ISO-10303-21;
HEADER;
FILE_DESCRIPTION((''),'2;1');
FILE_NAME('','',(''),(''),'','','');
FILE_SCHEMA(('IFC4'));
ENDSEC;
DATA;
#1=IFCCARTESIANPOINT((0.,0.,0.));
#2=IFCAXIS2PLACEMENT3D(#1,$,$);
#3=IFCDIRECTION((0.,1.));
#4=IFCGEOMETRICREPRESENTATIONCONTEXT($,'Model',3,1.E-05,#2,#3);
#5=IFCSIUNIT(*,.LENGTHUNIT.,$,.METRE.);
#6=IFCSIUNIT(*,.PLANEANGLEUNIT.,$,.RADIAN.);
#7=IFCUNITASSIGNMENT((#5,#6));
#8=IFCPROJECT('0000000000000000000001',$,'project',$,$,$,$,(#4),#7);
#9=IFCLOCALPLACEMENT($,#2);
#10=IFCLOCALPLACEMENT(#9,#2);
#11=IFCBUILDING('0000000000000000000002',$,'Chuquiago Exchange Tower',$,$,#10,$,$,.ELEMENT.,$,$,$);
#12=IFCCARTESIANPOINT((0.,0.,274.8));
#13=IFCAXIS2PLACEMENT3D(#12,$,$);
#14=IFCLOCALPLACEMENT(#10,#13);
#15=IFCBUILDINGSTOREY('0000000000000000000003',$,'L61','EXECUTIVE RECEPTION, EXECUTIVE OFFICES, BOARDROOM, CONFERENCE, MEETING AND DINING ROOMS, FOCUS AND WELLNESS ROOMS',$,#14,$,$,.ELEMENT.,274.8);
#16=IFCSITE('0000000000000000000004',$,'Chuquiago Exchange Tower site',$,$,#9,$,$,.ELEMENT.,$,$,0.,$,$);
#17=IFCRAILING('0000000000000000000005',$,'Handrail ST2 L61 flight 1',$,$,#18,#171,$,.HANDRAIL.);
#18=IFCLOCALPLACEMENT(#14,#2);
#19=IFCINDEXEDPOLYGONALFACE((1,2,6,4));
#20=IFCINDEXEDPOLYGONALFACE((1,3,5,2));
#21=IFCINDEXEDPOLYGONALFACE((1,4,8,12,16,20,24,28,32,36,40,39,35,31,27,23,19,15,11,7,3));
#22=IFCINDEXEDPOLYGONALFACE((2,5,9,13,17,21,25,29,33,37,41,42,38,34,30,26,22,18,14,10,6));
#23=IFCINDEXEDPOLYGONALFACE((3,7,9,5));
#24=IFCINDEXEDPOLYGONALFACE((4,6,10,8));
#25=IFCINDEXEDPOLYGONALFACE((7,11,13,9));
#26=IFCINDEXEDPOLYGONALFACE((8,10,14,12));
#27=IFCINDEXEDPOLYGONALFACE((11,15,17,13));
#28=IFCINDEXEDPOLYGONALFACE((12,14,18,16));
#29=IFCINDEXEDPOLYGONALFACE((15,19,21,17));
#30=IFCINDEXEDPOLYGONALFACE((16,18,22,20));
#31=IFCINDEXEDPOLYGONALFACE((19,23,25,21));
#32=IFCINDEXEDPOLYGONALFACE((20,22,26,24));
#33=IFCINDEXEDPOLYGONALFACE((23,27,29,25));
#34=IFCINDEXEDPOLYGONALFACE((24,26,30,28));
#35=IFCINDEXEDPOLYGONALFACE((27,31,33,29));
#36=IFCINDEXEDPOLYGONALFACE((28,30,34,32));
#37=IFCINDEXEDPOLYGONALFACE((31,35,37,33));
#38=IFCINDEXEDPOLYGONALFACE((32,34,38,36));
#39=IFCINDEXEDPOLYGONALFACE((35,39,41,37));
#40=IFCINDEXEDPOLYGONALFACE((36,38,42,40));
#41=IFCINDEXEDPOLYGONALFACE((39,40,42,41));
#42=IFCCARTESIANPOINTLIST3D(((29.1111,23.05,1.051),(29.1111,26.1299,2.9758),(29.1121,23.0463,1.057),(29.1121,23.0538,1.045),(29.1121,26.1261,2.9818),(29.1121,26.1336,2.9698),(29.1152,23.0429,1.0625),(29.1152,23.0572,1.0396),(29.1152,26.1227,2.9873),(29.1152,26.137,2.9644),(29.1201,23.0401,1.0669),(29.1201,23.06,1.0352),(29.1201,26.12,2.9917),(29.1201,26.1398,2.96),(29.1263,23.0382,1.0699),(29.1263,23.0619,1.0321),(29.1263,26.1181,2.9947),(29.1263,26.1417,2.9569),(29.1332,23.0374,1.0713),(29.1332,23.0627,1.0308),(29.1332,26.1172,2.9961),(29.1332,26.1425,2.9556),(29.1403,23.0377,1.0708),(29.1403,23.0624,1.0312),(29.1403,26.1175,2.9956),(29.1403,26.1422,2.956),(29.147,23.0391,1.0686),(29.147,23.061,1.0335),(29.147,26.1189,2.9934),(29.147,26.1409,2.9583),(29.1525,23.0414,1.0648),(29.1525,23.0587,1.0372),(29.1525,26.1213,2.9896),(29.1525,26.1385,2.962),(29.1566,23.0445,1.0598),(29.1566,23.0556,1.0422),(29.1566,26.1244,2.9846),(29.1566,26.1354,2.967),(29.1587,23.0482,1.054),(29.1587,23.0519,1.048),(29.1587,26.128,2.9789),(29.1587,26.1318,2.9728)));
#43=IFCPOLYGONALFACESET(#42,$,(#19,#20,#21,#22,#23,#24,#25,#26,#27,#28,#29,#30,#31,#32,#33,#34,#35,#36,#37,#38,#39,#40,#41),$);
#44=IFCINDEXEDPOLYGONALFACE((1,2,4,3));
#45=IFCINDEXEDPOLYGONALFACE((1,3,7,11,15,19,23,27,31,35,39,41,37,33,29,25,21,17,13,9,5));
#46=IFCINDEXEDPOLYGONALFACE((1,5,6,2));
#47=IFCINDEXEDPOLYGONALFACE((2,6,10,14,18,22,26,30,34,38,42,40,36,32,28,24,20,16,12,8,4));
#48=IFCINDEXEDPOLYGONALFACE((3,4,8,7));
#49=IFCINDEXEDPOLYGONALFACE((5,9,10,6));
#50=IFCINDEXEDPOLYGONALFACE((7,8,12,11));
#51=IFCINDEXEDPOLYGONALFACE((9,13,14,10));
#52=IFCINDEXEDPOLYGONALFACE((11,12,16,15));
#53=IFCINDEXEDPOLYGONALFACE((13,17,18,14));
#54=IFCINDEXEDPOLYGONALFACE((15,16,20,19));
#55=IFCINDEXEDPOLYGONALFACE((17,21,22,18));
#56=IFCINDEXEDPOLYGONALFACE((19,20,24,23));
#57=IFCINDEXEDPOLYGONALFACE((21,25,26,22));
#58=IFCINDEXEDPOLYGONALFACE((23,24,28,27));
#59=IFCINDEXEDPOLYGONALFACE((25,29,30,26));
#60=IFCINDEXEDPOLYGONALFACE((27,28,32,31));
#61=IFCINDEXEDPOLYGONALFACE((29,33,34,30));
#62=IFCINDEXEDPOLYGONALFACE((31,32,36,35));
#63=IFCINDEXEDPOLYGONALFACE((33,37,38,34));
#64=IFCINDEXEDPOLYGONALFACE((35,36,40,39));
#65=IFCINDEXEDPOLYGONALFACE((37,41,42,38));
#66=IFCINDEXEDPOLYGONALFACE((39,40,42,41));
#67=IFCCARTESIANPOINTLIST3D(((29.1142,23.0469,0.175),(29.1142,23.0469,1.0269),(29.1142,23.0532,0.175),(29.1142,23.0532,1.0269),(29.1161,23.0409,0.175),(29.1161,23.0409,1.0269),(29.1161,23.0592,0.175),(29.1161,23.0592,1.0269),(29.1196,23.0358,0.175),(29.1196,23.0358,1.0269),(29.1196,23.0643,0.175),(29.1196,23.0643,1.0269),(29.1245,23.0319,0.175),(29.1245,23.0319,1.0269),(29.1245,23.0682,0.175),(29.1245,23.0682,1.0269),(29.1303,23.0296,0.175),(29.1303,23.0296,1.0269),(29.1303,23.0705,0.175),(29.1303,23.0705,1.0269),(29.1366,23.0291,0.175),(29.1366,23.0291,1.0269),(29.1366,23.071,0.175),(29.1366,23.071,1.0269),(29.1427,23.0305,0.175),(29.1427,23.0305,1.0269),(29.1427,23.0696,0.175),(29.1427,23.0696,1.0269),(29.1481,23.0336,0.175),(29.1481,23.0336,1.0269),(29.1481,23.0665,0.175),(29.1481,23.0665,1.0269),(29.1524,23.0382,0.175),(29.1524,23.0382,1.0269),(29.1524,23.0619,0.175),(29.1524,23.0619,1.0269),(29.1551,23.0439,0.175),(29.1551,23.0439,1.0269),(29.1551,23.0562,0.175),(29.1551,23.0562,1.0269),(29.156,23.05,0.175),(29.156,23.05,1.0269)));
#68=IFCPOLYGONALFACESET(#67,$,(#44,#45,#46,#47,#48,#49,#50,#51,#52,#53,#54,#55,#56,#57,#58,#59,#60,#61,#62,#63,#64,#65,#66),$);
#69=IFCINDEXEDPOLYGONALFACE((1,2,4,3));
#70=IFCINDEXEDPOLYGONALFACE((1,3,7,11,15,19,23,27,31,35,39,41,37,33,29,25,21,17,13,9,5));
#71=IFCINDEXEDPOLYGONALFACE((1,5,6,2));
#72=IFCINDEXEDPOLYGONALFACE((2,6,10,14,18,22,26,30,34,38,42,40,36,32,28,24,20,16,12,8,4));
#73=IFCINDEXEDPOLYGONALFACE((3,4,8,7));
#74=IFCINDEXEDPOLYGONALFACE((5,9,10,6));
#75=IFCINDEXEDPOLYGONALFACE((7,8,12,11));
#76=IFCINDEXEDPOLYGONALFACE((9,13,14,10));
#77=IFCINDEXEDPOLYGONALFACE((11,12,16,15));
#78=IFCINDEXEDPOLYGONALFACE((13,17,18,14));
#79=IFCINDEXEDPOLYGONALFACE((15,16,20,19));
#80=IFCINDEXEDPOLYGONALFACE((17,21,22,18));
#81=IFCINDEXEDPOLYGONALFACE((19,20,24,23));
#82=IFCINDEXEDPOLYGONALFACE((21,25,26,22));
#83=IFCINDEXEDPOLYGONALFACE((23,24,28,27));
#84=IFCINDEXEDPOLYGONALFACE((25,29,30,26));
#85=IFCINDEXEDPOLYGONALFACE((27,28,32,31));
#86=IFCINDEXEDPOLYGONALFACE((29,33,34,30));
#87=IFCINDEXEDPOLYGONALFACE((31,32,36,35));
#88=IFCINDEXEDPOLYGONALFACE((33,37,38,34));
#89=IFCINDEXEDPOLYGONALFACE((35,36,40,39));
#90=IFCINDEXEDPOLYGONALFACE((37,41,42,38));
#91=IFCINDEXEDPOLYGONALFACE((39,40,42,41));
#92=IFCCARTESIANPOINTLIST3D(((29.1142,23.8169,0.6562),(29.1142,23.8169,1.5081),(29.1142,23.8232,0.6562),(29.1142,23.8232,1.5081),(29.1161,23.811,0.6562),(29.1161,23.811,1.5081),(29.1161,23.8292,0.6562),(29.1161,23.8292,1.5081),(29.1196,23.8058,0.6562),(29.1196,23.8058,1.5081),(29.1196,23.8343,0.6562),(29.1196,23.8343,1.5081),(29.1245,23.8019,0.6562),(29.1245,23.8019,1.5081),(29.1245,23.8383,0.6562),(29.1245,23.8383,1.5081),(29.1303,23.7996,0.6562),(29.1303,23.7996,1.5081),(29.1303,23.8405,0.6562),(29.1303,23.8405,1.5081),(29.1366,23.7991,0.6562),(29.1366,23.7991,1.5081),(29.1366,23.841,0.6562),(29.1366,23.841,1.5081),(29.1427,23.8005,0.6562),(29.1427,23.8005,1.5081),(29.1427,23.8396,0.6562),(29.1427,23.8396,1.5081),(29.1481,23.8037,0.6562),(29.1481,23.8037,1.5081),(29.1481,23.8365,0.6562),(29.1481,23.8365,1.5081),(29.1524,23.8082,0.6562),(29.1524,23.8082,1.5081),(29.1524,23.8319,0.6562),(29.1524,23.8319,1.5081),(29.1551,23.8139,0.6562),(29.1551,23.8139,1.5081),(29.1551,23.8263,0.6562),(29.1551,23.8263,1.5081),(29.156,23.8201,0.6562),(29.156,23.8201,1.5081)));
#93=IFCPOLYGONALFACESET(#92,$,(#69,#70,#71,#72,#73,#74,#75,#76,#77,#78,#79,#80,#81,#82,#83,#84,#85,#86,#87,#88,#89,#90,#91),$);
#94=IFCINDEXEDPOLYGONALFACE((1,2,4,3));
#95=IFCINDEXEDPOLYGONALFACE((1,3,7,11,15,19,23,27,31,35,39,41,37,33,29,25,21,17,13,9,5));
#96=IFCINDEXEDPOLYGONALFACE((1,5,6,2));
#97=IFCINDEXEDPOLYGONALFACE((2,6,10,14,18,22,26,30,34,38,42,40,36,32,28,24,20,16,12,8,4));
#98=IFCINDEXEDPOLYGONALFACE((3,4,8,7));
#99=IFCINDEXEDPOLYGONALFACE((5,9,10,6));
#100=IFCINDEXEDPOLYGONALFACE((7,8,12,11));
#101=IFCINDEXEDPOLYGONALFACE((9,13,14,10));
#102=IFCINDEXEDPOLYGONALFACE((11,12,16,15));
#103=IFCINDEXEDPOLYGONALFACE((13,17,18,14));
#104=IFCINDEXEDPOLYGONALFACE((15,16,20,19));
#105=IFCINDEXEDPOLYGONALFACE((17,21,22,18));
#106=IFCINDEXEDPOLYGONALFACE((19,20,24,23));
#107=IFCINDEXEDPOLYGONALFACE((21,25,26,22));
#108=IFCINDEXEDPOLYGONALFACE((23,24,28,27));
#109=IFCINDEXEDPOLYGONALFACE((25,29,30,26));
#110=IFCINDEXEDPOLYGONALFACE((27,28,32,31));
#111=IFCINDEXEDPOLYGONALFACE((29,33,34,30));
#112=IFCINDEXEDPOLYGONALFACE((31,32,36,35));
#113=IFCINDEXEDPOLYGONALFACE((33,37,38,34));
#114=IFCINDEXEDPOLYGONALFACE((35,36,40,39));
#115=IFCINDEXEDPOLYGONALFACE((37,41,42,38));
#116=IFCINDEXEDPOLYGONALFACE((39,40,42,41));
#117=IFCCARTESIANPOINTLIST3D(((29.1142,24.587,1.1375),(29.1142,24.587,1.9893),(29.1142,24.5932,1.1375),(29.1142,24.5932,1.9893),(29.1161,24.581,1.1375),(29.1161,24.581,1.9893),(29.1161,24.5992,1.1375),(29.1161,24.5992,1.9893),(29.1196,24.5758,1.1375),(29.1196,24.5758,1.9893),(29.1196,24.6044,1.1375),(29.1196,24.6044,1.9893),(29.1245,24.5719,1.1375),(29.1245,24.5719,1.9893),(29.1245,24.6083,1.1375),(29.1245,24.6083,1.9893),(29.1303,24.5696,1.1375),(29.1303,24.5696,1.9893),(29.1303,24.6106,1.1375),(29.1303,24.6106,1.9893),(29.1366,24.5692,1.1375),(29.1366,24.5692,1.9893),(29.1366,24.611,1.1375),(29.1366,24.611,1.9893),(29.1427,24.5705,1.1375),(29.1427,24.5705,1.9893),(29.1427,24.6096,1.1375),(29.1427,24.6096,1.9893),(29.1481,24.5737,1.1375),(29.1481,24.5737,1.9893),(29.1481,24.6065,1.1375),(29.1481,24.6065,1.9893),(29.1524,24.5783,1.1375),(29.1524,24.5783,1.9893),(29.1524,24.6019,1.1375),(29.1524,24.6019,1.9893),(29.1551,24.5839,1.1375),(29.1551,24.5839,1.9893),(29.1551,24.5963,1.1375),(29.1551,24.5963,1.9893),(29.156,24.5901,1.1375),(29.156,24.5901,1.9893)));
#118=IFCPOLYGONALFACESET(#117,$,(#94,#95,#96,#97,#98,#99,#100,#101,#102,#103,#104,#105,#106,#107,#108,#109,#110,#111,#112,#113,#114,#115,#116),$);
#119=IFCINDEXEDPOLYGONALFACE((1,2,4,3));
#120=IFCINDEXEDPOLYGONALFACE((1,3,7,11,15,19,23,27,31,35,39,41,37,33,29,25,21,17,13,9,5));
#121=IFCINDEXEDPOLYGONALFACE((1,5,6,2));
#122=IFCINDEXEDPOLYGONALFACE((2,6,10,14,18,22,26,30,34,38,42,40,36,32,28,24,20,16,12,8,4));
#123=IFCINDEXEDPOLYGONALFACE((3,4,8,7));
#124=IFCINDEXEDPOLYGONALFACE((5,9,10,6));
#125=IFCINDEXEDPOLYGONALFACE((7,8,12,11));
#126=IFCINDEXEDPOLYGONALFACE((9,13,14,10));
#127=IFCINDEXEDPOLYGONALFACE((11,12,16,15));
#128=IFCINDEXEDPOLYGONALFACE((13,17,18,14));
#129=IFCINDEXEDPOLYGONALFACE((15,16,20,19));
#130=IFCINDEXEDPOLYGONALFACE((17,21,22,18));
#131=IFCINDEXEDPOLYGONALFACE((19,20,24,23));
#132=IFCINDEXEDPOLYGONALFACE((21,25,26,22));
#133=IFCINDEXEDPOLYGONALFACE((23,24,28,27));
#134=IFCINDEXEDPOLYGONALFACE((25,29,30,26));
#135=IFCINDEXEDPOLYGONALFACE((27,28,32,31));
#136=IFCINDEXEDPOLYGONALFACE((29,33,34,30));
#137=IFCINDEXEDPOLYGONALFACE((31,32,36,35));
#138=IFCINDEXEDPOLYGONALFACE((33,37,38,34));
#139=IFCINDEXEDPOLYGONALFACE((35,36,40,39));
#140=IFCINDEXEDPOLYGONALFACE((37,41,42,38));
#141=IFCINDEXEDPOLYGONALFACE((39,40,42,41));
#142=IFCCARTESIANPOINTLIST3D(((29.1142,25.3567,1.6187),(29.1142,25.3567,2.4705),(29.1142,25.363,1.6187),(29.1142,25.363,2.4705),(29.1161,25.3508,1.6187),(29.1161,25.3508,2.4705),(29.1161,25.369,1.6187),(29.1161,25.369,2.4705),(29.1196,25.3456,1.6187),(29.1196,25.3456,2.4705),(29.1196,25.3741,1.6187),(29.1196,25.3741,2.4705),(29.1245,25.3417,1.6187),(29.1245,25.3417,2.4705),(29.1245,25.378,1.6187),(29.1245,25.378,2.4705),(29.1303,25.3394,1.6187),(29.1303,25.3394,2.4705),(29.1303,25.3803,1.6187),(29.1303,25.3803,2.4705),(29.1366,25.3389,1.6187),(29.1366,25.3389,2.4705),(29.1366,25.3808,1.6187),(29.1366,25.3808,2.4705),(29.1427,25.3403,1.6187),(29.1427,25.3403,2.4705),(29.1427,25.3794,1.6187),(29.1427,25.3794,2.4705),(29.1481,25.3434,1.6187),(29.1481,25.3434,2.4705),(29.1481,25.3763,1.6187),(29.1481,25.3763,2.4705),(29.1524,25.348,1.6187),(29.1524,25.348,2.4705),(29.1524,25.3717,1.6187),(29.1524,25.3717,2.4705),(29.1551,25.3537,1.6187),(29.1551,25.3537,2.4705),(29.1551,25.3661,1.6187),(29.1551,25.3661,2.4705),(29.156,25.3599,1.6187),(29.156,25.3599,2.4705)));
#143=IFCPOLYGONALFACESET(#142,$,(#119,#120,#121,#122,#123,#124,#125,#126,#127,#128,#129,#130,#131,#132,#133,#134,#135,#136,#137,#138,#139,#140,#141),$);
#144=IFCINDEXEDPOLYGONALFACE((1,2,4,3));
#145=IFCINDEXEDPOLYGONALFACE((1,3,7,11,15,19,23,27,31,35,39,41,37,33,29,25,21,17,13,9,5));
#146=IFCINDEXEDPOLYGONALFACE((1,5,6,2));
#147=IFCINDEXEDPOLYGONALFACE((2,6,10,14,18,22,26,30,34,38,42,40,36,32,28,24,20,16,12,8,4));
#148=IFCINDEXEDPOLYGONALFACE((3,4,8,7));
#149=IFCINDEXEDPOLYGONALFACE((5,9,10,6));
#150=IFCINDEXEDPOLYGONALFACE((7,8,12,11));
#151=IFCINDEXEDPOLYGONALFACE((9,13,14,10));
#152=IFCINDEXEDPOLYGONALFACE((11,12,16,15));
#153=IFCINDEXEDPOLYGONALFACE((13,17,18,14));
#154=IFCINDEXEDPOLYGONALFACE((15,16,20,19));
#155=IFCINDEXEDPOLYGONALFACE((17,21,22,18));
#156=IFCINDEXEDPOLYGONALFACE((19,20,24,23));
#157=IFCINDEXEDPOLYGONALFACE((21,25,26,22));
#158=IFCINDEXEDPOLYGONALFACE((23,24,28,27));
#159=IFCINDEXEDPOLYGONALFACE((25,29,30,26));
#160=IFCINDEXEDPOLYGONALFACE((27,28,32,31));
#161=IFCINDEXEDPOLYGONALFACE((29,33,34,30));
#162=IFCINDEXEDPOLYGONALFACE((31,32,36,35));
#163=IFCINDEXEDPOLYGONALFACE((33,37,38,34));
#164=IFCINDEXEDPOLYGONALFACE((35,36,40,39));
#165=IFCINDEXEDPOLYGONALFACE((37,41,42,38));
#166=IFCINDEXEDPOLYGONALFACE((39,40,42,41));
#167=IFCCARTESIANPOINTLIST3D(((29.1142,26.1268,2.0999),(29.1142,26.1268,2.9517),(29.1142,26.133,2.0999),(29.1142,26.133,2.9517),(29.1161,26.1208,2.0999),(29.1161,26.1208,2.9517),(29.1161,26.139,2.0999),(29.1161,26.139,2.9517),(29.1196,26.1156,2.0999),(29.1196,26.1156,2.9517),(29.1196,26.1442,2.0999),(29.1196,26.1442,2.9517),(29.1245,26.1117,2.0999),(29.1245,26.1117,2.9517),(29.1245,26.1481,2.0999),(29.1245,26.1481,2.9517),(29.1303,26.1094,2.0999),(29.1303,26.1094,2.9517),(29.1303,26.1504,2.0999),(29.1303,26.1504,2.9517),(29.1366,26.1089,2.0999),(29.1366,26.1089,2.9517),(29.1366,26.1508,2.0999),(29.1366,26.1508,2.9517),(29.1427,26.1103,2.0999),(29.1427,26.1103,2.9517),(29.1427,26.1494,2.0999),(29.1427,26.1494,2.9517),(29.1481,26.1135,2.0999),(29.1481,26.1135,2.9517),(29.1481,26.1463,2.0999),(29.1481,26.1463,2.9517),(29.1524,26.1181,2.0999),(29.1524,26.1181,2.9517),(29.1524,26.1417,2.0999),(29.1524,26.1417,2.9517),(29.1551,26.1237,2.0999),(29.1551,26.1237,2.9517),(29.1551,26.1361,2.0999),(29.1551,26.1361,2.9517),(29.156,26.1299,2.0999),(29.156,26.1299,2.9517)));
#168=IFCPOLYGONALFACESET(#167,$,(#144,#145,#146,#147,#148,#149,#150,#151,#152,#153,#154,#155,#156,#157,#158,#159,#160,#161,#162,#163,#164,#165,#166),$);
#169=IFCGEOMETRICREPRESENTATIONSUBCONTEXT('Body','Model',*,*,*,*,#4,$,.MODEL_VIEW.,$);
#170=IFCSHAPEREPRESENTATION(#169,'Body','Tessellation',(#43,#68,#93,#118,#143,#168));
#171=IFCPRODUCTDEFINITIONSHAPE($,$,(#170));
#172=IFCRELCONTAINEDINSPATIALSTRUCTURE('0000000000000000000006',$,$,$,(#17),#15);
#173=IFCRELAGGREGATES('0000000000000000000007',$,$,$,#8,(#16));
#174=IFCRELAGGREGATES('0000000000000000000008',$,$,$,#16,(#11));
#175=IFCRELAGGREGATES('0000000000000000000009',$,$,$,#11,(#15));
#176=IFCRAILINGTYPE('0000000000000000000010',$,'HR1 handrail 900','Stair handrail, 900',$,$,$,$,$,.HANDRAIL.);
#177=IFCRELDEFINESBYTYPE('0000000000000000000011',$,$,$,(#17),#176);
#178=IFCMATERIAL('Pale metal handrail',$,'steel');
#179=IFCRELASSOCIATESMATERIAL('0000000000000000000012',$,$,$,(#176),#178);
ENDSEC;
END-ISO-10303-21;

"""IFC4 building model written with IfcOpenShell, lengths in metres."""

from ifc_helpers import new_model, si_unit, direction, frame, origin, origin_2d, place, context, subcontext, project, spatial, circle, extrude, material, type_object, element, save


model = new_model("IFC4")

# Units and contexts
model_context = context("Model", 3, precision=1e-05, world=origin(), true_north=direction((0.0, 1.0)))
body_context = subcontext(model_context, "Body", "Model", "MODEL_VIEW")
ifc_project = project(units=[si_unit("LENGTHUNIT", "METRE"), si_unit("PLANEANGLEUNIT", "RADIAN")], contexts=[model_context])

# Site, building, storey
site_placement = place(None, origin())
site = spatial("IfcSite", under=ifc_project, at=site_placement, Name="Chuquiago Exchange Tower site", CompositionType="ELEMENT", RefElevation=0.0)
building_placement = place(site_placement, origin())
building = spatial("IfcBuilding", under=site, at=building_placement, Name="Chuquiago Exchange Tower", CompositionType="ELEMENT")
storey_placement = place(building_placement, frame((0.0, 0.0, 274.8)))
storey = spatial("IfcBuildingStorey", under=building, at=storey_placement, Name="L61", Description="EXECUTIVE RECEPTION, EXECUTIVE OFFICES, BOARDROOM, CONFERENCE, MEETING AND DINING ROOMS, FOCUS AND WELLNESS ROOMS", CompositionType="ELEMENT", Elevation=274.8)

# Railing
ifc_material_1 = material(Name="Pale metal handrail", Category="steel")
railing_type_1 = type_object("IfcRailingType", Name="HR1 handrail 900", Description="Stair handrail, 900", PredefinedType="HANDRAIL", material=ifc_material_1)
railing_1_placement = place(storey_placement, frame((29.135, 23.05, 0.175)))
element("IfcRailing", 1, at=railing_1_placement, inside=storey, type_object=railing_type_1, Name="Handrail ST2 L61 flight 1", PredefinedType="HANDRAIL", context=body_context, shape_type="SweptSolid", body=[
    extrude(circle(Radius=0.0239, at=origin_2d()), frame((0.0, 0.0, 0.876), z_axis=(0.0, 0.84801, 0.529981), x_axis=(-1.0, 0.0, 0.0)), (0.0, 0.0, 1.0), 3.6318),
    extrude(circle(Radius=0.021, at=origin_2d()), origin(), (0.0, 0.0, 1.0), 0.8518),
    extrude(circle(Radius=0.021, at=origin_2d()), frame((0.0, 0.77, 0.4812)), (0.0, 0.0, 1.0), 0.8518),
    extrude(circle(Radius=0.021, at=origin_2d()), frame((0.0, 1.54, 0.9624)), (0.0, 0.0, 1.0), 0.8518),
    extrude(circle(Radius=0.021, at=origin_2d()), frame((0.0, 2.3098, 1.4436)), (0.0, 0.0, 1.0), 0.8518),
    extrude(circle(Radius=0.021, at=origin_2d()), frame((0.0, 3.0798, 1.9248)), (0.0, 0.0, 1.0), 0.8518),
])

save(model, "model.ifc")
